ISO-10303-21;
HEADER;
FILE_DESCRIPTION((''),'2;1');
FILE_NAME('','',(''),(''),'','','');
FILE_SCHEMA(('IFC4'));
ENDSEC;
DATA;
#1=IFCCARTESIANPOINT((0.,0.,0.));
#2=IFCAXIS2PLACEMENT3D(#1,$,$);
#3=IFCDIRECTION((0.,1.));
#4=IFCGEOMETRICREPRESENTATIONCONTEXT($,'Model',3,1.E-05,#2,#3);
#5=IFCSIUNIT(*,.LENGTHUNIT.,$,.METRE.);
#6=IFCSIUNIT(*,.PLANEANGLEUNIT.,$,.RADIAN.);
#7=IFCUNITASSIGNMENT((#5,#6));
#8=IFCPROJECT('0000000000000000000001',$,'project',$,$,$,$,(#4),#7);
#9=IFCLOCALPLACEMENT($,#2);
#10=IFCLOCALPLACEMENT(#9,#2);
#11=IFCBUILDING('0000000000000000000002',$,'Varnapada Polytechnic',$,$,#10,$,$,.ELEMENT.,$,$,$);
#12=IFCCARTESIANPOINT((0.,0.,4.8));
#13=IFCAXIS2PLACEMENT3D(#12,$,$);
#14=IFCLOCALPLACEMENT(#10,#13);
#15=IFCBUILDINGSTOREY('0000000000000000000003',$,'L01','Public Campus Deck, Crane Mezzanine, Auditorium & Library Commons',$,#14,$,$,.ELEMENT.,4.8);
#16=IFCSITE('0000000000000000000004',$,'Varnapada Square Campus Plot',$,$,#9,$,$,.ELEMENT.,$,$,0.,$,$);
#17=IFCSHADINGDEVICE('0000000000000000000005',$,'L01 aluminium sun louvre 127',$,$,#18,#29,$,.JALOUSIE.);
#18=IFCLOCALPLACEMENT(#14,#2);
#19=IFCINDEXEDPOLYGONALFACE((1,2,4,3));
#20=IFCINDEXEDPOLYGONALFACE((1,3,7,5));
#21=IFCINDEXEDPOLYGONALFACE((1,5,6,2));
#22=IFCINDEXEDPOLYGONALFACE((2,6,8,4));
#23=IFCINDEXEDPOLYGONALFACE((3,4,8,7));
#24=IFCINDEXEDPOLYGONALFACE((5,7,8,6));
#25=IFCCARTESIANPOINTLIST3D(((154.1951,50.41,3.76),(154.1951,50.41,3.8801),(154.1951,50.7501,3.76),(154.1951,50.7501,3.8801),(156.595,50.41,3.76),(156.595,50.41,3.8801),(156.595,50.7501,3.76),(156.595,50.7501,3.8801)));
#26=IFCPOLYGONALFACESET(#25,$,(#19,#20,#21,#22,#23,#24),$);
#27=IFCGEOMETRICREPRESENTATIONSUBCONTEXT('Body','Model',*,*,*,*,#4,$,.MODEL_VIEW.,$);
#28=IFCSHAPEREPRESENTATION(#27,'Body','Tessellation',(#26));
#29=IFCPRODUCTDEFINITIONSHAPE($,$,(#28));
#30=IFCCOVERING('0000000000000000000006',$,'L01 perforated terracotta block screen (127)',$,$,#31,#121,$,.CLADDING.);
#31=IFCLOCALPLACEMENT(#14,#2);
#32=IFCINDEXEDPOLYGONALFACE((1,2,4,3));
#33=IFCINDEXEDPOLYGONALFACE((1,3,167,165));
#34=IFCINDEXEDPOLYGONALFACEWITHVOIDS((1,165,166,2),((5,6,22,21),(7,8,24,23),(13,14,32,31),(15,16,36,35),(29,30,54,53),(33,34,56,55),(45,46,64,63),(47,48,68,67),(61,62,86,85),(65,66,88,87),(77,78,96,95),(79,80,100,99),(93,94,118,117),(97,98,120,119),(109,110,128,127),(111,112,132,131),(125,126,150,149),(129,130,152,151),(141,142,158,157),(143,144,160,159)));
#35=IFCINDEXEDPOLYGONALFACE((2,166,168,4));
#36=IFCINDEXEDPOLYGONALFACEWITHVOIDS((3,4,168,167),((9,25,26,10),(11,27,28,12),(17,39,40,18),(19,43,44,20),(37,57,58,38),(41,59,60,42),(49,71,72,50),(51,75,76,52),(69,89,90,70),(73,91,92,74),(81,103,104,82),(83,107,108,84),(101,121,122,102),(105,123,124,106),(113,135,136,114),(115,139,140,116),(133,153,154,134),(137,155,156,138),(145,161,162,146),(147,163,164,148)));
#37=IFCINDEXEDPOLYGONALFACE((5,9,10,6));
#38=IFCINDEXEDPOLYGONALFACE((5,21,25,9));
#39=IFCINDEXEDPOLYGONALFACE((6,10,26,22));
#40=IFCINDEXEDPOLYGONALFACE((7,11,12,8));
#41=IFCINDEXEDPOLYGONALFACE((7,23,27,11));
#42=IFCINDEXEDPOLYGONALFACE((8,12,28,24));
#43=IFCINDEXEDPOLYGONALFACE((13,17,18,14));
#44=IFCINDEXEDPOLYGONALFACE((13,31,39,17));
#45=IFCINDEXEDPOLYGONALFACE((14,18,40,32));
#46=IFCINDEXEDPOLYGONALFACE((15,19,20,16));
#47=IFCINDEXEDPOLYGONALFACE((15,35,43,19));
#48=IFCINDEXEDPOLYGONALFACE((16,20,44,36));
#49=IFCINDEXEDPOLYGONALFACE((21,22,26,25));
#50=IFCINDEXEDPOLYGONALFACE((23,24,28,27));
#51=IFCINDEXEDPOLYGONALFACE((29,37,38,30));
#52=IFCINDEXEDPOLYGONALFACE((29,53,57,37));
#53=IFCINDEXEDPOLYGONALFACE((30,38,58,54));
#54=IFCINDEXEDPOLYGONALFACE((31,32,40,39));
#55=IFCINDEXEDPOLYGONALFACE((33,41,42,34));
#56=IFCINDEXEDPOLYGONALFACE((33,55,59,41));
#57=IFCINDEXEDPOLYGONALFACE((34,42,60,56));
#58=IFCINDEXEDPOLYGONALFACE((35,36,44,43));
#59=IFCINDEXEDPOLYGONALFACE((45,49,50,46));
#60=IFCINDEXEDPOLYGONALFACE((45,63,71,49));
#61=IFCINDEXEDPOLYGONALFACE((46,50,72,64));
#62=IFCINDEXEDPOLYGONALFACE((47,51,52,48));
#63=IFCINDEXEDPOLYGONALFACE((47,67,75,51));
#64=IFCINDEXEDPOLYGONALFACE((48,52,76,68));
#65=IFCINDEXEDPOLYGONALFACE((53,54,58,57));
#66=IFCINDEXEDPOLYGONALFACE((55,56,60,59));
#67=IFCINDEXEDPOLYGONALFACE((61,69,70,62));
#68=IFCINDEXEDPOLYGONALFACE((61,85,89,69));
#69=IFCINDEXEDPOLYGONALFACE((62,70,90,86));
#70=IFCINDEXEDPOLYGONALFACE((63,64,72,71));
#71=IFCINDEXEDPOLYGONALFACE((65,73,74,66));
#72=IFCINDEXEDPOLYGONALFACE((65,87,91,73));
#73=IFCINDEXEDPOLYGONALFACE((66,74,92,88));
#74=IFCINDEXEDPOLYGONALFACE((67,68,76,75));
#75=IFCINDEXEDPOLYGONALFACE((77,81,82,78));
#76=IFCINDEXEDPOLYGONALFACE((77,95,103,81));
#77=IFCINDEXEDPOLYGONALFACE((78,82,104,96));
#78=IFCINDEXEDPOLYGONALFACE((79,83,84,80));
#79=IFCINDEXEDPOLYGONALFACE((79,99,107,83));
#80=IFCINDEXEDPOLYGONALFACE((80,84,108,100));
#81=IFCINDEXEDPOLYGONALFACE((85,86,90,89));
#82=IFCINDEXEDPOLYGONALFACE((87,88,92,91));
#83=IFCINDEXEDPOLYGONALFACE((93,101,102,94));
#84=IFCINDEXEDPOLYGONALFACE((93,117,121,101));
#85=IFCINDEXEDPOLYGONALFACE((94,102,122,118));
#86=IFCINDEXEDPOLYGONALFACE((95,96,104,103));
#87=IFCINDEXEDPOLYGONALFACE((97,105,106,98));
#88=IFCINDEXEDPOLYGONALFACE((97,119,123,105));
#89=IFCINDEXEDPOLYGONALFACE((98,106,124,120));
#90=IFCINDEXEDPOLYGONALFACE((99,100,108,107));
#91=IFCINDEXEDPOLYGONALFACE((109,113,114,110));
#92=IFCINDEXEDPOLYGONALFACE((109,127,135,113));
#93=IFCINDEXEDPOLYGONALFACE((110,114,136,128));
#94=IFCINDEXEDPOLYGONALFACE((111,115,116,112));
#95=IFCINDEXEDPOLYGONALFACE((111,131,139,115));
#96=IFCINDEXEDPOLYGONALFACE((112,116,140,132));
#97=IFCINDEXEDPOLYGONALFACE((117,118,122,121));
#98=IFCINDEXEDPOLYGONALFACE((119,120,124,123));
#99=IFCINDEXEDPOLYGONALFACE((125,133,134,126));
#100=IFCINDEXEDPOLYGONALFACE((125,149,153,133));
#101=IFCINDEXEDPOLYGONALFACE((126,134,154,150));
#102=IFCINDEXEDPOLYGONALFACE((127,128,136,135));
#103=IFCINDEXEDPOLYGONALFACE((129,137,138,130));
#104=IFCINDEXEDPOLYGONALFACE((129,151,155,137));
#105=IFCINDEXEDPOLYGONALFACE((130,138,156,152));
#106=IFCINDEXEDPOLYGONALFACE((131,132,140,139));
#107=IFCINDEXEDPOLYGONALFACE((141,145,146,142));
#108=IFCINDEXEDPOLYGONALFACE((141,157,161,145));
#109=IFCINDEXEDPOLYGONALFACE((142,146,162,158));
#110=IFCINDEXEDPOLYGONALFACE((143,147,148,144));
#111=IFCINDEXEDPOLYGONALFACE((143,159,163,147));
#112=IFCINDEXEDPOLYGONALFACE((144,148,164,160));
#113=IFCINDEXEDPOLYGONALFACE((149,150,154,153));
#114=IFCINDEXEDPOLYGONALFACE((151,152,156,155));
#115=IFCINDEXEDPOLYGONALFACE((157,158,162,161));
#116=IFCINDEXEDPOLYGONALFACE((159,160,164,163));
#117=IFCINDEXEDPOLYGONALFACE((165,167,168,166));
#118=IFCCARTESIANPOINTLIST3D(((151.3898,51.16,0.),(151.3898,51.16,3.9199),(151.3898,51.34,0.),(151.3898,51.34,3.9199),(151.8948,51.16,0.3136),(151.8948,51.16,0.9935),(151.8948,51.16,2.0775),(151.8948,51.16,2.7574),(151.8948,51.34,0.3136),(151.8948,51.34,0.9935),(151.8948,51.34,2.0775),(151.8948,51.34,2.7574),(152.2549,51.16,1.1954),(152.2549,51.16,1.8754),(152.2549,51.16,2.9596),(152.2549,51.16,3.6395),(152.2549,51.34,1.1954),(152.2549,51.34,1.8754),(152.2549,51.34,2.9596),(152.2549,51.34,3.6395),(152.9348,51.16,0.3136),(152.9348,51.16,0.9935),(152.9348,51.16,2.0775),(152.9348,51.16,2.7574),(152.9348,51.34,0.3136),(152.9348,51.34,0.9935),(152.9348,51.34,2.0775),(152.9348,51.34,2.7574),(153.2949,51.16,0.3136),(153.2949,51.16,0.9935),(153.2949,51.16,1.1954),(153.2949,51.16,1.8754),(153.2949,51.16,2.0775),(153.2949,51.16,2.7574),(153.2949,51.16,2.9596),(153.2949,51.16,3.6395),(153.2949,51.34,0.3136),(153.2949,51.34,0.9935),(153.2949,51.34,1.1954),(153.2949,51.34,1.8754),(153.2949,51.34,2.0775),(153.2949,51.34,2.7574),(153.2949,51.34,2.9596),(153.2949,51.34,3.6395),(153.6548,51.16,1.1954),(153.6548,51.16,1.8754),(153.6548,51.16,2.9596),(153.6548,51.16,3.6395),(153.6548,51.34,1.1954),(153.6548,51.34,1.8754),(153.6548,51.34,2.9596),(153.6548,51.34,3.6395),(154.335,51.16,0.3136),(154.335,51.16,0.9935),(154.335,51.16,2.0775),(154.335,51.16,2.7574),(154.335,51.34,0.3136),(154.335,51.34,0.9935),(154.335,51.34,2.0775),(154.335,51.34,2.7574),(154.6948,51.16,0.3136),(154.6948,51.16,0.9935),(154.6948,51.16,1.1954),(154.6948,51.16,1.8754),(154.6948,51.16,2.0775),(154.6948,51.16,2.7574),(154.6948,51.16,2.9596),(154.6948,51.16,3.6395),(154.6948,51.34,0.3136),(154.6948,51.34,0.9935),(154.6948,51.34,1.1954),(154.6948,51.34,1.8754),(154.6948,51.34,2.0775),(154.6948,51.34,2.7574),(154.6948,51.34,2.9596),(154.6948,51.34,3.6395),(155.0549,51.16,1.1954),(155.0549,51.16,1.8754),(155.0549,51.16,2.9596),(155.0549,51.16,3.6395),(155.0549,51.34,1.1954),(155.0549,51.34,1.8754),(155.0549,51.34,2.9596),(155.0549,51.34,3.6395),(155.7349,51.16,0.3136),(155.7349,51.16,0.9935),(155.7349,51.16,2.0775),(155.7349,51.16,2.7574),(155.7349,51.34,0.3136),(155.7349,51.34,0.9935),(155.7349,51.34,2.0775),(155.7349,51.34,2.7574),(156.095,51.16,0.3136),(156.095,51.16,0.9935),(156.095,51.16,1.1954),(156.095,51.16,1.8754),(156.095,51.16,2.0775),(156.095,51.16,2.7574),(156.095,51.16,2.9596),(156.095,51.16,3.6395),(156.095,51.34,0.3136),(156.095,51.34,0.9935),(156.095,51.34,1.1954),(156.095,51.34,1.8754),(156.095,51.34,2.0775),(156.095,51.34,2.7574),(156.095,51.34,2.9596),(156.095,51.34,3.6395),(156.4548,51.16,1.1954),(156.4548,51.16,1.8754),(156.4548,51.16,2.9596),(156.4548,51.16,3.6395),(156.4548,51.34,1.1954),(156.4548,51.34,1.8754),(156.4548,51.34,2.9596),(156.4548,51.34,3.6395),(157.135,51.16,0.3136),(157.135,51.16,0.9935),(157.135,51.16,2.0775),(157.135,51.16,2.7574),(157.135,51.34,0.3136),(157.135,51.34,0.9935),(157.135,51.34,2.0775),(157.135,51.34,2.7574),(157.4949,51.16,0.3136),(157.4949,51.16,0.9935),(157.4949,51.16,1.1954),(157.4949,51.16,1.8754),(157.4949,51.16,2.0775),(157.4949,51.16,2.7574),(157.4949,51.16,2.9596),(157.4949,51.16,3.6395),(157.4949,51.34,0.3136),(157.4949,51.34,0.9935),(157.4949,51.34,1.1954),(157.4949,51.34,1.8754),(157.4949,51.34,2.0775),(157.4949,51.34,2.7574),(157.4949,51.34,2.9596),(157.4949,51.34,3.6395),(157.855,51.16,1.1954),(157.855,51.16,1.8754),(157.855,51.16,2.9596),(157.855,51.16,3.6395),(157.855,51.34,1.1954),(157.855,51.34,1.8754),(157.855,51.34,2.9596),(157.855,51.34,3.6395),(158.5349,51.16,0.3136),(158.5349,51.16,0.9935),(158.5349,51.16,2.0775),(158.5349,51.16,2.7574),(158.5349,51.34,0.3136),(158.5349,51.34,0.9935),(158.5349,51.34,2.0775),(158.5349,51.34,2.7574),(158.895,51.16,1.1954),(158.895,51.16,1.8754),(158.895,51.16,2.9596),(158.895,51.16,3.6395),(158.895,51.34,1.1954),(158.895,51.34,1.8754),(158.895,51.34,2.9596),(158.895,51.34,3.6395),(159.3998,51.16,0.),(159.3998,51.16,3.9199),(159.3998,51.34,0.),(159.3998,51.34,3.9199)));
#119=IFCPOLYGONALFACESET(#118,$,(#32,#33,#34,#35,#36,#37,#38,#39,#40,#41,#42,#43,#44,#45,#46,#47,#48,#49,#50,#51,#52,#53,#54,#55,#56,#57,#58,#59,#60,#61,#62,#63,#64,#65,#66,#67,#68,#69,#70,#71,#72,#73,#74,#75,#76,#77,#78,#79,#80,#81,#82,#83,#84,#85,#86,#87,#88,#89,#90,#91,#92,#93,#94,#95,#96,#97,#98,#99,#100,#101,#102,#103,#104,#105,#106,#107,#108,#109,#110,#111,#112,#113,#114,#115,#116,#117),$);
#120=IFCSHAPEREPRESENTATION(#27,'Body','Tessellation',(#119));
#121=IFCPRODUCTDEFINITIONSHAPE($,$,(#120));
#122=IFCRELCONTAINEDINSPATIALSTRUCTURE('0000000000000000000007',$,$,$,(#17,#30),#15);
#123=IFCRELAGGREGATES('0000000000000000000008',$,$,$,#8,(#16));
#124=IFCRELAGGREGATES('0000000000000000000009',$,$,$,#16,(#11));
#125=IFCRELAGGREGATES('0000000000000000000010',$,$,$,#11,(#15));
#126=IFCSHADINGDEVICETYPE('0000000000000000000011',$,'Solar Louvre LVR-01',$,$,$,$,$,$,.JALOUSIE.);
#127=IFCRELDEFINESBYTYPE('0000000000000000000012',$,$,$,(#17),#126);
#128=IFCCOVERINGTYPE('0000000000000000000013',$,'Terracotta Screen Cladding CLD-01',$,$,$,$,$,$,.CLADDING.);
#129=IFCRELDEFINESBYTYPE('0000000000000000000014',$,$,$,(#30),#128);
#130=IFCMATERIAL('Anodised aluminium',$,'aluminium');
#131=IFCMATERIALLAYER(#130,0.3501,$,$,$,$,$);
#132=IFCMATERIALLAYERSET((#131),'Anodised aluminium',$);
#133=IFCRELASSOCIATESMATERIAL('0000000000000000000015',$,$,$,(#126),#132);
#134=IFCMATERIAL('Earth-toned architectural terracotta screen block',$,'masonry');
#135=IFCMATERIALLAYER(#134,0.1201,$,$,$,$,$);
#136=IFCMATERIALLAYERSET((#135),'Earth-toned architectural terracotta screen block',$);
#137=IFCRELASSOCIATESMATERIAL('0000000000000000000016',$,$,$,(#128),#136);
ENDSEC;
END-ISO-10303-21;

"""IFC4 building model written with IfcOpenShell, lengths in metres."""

from ifc_helpers import new_model, si_unit, direction, frame, frame_2d, origin, origin_2d, place, context, subcontext, project, spatial, rectangle, extrude, material, layer, layer_set, type_object, element, save


model = new_model("IFC4")

# Units and contexts
model_context = context("Model", 3, precision=1e-05, world=origin(), true_north=direction((0.0, 1.0)))
body_context = subcontext(model_context, "Body", "Model", "MODEL_VIEW")
ifc_project = project(units=[si_unit("LENGTHUNIT", "METRE"), si_unit("PLANEANGLEUNIT", "RADIAN")], contexts=[model_context])

# Site, building, storey
site_placement = place(None, origin())
site = spatial("IfcSite", under=ifc_project, at=site_placement, Name="Varnapada Square Campus Plot", CompositionType="ELEMENT", RefElevation=0.0)
building_placement = place(site_placement, origin())
building = spatial("IfcBuilding", under=site, at=building_placement, Name="Varnapada Polytechnic", CompositionType="ELEMENT")
storey_placement = place(building_placement, frame((0.0, 0.0, 4.8)))
storey = spatial("IfcBuildingStorey", under=building, at=storey_placement, Name="L01", Description="Public Campus Deck, Crane Mezzanine, Auditorium & Library Commons", CompositionType="ELEMENT", Elevation=4.8)

# Shading device
ifc_material_1 = material(Name="Anodised aluminium", Category="aluminium")
ifc_layer_1 = layer(ifc_material_1, 0.3501)
ifc_layer_set_1 = layer_set([ifc_layer_1], Name="Anodised aluminium")
shading_device_type_1 = type_object("IfcShadingDeviceType", Name="Solar Louvre LVR-01", PredefinedType="JALOUSIE", material=ifc_layer_set_1)
shading_device_1_placement = place(storey_placement, frame((155.395, 50.5801, 3.76), z_axis=(0.0, 0.0, 1.0), x_axis=(1.0, 0.0, 0.0)))
element("IfcShadingDevice", 1, at=shading_device_1_placement, inside=storey, type_object=shading_device_type_1, Name="L01 aluminium sun louvre 127", PredefinedType="JALOUSIE", context=body_context, shape_type="SweptSolid", body=[
    extrude(rectangle(XDim=2.3999, YDim=0.3401, at=origin_2d()), origin(), (0.0, 0.0, 1.0), 0.1201),
])

# Covering, openings
ifc_material_2 = material(Name="Earth-toned architectural terracotta screen block", Category="masonry")
ifc_layer_2 = layer(ifc_material_2, 0.1201)
ifc_layer_set_2 = layer_set([ifc_layer_2], Name="Earth-toned architectural terracotta screen block")
covering_type = type_object("IfcCoveringType", Name="Terracotta Screen Cladding CLD-01", PredefinedType="CLADDING", material=ifc_layer_set_2)
covering_placement = place(storey_placement, frame((151.3899, 51.25, 0.0), z_axis=(0.0, 0.0, 1.0), x_axis=(1.0, 0.0, 0.0)))
covering = element("IfcCovering", 2, at=covering_placement, inside=storey, type_object=covering_type, Name="L01 perforated terracotta block screen (127)", PredefinedType="CLADDING", context=body_context, shape_type="SweptSolid", body=[
    extrude(rectangle(XDim=8.01, YDim=0.1799, at=frame_2d((4.0049, 0.0))), origin(), (0.0, 0.0, 1.0), 3.9199),
])
opening_1_placement = place(covering_placement, frame((0.5049, 0.0, 0.3137)))
element("IfcOpeningElement", 3, at=opening_1_placement, cuts=covering, PredefinedType="OPENING", context=body_context, shape_type="SweptSolid", body=[
    extrude(rectangle(XDim=1.04, YDim=0.6799, at=frame_2d((0.52, 0.3398))), frame((0.0, 0.0999, 0.0), z_axis=(0.0, -1.0, 0.0), x_axis=(1.0, 0.0, 0.0)), (0.0, 0.0, 1.0), 0.2),
])
opening_2_placement = place(covering_placement, frame((1.905, 0.0, 0.3137)))
element("IfcOpeningElement", 4, at=opening_2_placement, cuts=covering, PredefinedType="OPENING", context=body_context, shape_type="SweptSolid", body=[
    extrude(rectangle(XDim=1.04, YDim=0.6799, at=frame_2d((0.52, 0.3398))), frame((0.0, 0.0999, 0.0), z_axis=(0.0, -1.0, 0.0), x_axis=(1.0, 0.0, 0.0)), (0.0, 0.0, 1.0), 0.2),
])
opening_3_placement = place(covering_placement, frame((3.3049, 0.0, 0.3137)))
element("IfcOpeningElement", 5, at=opening_3_placement, cuts=covering, PredefinedType="OPENING", context=body_context, shape_type="SweptSolid", body=[
    extrude(rectangle(XDim=1.04, YDim=0.6799, at=frame_2d((0.52, 0.3398))), frame((0.0, 0.0999, 0.0), z_axis=(0.0, -1.0, 0.0), x_axis=(1.0, 0.0, 0.0)), (0.0, 0.0, 1.0), 0.2),
])
opening_4_placement = place(covering_placement, frame((4.7051, 0.0, 0.3137)))
element("IfcOpeningElement", 6, at=opening_4_placement, cuts=covering, PredefinedType="OPENING", context=body_context, shape_type="SweptSolid", body=[
    extrude(rectangle(XDim=1.04, YDim=0.6799, at=frame_2d((0.52, 0.3398))), frame((0.0, 0.0999, 0.0), z_axis=(0.0, -1.0, 0.0), x_axis=(1.0, 0.0, 0.0)), (0.0, 0.0, 1.0), 0.2),
])
opening_5_placement = place(covering_placement, frame((6.105, 0.0, 0.3137)))
element("IfcOpeningElement", 7, at=opening_5_placement, cuts=covering, PredefinedType="OPENING", context=body_context, shape_type="SweptSolid", body=[
    extrude(rectangle(XDim=1.04, YDim=0.6799, at=frame_2d((0.52, 0.3398))), frame((0.0, 0.0999, 0.0), z_axis=(0.0, -1.0, 0.0), x_axis=(1.0, 0.0, 0.0)), (0.0, 0.0, 1.0), 0.2),
])
opening_6_placement = place(covering_placement, frame((0.865, 0.0, 1.1956)))
element("IfcOpeningElement", 8, at=opening_6_placement, cuts=covering, PredefinedType="OPENING", context=body_context, shape_type="SweptSolid", body=[
    extrude(rectangle(XDim=1.04, YDim=0.6799, at=frame_2d((0.52, 0.3398))), frame((0.0, 0.0999, 0.0), z_axis=(0.0, -1.0, 0.0), x_axis=(1.0, 0.0, 0.0)), (0.0, 0.0, 1.0), 0.2),
])
opening_7_placement = place(covering_placement, frame((2.2649, 0.0, 1.1956)))
element("IfcOpeningElement", 9, at=opening_7_placement, cuts=covering, PredefinedType="OPENING", context=body_context, shape_type="SweptSolid", body=[
    extrude(rectangle(XDim=1.04, YDim=0.6799, at=frame_2d((0.52, 0.3398))), frame((0.0, 0.0999, 0.0), z_axis=(0.0, -1.0, 0.0), x_axis=(1.0, 0.0, 0.0)), (0.0, 0.0, 1.0), 0.2),
])
opening_8_placement = place(covering_placement, frame((3.665, 0.0, 1.1956)))
element("IfcOpeningElement", 10, at=opening_8_placement, cuts=covering, PredefinedType="OPENING", context=body_context, shape_type="SweptSolid", body=[
    extrude(rectangle(XDim=1.04, YDim=0.6799, at=frame_2d((0.52, 0.3398))), frame((0.0, 0.0999, 0.0), z_axis=(0.0, -1.0, 0.0), x_axis=(1.0, 0.0, 0.0)), (0.0, 0.0, 1.0), 0.2),
])
opening_9_placement = place(covering_placement, frame((5.0649, 0.0, 1.1956)))
element("IfcOpeningElement", 11, at=opening_9_placement, cuts=covering, PredefinedType="OPENING", context=body_context, shape_type="SweptSolid", body=[
    extrude(rectangle(XDim=1.04, YDim=0.6799, at=frame_2d((0.52, 0.3398))), frame((0.0, 0.0999, 0.0), z_axis=(0.0, -1.0, 0.0), x_axis=(1.0, 0.0, 0.0)), (0.0, 0.0, 1.0), 0.2),
])
opening_10_placement = place(covering_placement, frame((6.4651, 0.0, 1.1956)))
element("IfcOpeningElement", 12, at=opening_10_placement, cuts=covering, PredefinedType="OPENING", context=body_context, shape_type="SweptSolid", body=[
    extrude(rectangle(XDim=1.04, YDim=0.6799, at=frame_2d((0.52, 0.3398))), frame((0.0, 0.0999, 0.0), z_axis=(0.0, -1.0, 0.0), x_axis=(1.0, 0.0, 0.0)), (0.0, 0.0, 1.0), 0.2),
])
opening_11_placement = place(covering_placement, frame((0.5049, 0.0, 2.0776)))
element("IfcOpeningElement", 13, at=opening_11_placement, cuts=covering, PredefinedType="OPENING", context=body_context, shape_type="SweptSolid", body=[
    extrude(rectangle(XDim=1.04, YDim=0.6799, at=frame_2d((0.52, 0.3398))), frame((0.0, 0.0999, 0.0), z_axis=(0.0, -1.0, 0.0), x_axis=(1.0, 0.0, 0.0)), (0.0, 0.0, 1.0), 0.2),
])
opening_12_placement = place(covering_placement, frame((1.905, 0.0, 2.0776)))
element("IfcOpeningElement", 14, at=opening_12_placement, cuts=covering, PredefinedType="OPENING", context=body_context, shape_type="SweptSolid", body=[
    extrude(rectangle(XDim=1.04, YDim=0.6799, at=frame_2d((0.52, 0.3398))), frame((0.0, 0.0999, 0.0), z_axis=(0.0, -1.0, 0.0), x_axis=(1.0, 0.0, 0.0)), (0.0, 0.0, 1.0), 0.2),
])
opening_13_placement = place(covering_placement, frame((3.3049, 0.0, 2.0776)))
element("IfcOpeningElement", 15, at=opening_13_placement, cuts=covering, PredefinedType="OPENING", context=body_context, shape_type="SweptSolid", body=[
    extrude(rectangle(XDim=1.04, YDim=0.6799, at=frame_2d((0.52, 0.3398))), frame((0.0, 0.0999, 0.0), z_axis=(0.0, -1.0, 0.0), x_axis=(1.0, 0.0, 0.0)), (0.0, 0.0, 1.0), 0.2),
])
opening_14_placement = place(covering_placement, frame((4.7051, 0.0, 2.0776)))
element("IfcOpeningElement", 16, at=opening_14_placement, cuts=covering, PredefinedType="OPENING", context=body_context, shape_type="SweptSolid", body=[
    extrude(rectangle(XDim=1.04, YDim=0.6799, at=frame_2d((0.52, 0.3398))), frame((0.0, 0.0999, 0.0), z_axis=(0.0, -1.0, 0.0), x_axis=(1.0, 0.0, 0.0)), (0.0, 0.0, 1.0), 0.2),
])
opening_15_placement = place(covering_placement, frame((6.105, 0.0, 2.0776)))
element("IfcOpeningElement", 17, at=opening_15_placement, cuts=covering, PredefinedType="OPENING", context=body_context, shape_type="SweptSolid", body=[
    extrude(rectangle(XDim=1.04, YDim=0.6799, at=frame_2d((0.52, 0.3398))), frame((0.0, 0.0999, 0.0), z_axis=(0.0, -1.0, 0.0), x_axis=(1.0, 0.0, 0.0)), (0.0, 0.0, 1.0), 0.2),
])
opening_16_placement = place(covering_placement, frame((0.865, 0.0, 2.9597)))
element("IfcOpeningElement", 18, at=opening_16_placement, cuts=covering, PredefinedType="OPENING", context=body_context, shape_type="SweptSolid", body=[
    extrude(rectangle(XDim=1.04, YDim=0.6799, at=frame_2d((0.52, 0.3398))), frame((0.0, 0.0999, 0.0), z_axis=(0.0, -1.0, 0.0), x_axis=(1.0, 0.0, 0.0)), (0.0, 0.0, 1.0), 0.2),
])
opening_17_placement = place(covering_placement, frame((2.2649, 0.0, 2.9597)))
element("IfcOpeningElement", 19, at=opening_17_placement, cuts=covering, PredefinedType="OPENING", context=body_context, shape_type="SweptSolid", body=[
    extrude(rectangle(XDim=1.04, YDim=0.6799, at=frame_2d((0.52, 0.3398))), frame((0.0, 0.0999, 0.0), z_axis=(0.0, -1.0, 0.0), x_axis=(1.0, 0.0, 0.0)), (0.0, 0.0, 1.0), 0.2),
])
opening_18_placement = place(covering_placement, frame((3.665, 0.0, 2.9597)))
element("IfcOpeningElement", 20, at=opening_18_placement, cuts=covering, PredefinedType="OPENING", context=body_context, shape_type="SweptSolid", body=[
    extrude(rectangle(XDim=1.04, YDim=0.6799, at=frame_2d((0.52, 0.3398))), frame((0.0, 0.0999, 0.0), z_axis=(0.0, -1.0, 0.0), x_axis=(1.0, 0.0, 0.0)), (0.0, 0.0, 1.0), 0.2),
])
opening_19_placement = place(covering_placement, frame((5.0649, 0.0, 2.9597)))
element("IfcOpeningElement", 21, at=opening_19_placement, cuts=covering, PredefinedType="OPENING", context=body_context, shape_type="SweptSolid", body=[
    extrude(rectangle(XDim=1.04, YDim=0.6799, at=frame_2d((0.52, 0.3398))), frame((0.0, 0.0999, 0.0), z_axis=(0.0, -1.0, 0.0), x_axis=(1.0, 0.0, 0.0)), (0.0, 0.0, 1.0), 0.2),
])
opening_20_placement = place(covering_placement, frame((6.4651, 0.0, 2.9597)))
element("IfcOpeningElement", 22, at=opening_20_placement, cuts=covering, PredefinedType="OPENING", context=body_context, shape_type="SweptSolid", body=[
    extrude(rectangle(XDim=1.04, YDim=0.6799, at=frame_2d((0.52, 0.3398))), frame((0.0, 0.0999, 0.0), z_axis=(0.0, -1.0, 0.0), x_axis=(1.0, 0.0, 0.0)), (0.0, 0.0, 1.0), 0.2),
])

save(model, "model.ifc")
